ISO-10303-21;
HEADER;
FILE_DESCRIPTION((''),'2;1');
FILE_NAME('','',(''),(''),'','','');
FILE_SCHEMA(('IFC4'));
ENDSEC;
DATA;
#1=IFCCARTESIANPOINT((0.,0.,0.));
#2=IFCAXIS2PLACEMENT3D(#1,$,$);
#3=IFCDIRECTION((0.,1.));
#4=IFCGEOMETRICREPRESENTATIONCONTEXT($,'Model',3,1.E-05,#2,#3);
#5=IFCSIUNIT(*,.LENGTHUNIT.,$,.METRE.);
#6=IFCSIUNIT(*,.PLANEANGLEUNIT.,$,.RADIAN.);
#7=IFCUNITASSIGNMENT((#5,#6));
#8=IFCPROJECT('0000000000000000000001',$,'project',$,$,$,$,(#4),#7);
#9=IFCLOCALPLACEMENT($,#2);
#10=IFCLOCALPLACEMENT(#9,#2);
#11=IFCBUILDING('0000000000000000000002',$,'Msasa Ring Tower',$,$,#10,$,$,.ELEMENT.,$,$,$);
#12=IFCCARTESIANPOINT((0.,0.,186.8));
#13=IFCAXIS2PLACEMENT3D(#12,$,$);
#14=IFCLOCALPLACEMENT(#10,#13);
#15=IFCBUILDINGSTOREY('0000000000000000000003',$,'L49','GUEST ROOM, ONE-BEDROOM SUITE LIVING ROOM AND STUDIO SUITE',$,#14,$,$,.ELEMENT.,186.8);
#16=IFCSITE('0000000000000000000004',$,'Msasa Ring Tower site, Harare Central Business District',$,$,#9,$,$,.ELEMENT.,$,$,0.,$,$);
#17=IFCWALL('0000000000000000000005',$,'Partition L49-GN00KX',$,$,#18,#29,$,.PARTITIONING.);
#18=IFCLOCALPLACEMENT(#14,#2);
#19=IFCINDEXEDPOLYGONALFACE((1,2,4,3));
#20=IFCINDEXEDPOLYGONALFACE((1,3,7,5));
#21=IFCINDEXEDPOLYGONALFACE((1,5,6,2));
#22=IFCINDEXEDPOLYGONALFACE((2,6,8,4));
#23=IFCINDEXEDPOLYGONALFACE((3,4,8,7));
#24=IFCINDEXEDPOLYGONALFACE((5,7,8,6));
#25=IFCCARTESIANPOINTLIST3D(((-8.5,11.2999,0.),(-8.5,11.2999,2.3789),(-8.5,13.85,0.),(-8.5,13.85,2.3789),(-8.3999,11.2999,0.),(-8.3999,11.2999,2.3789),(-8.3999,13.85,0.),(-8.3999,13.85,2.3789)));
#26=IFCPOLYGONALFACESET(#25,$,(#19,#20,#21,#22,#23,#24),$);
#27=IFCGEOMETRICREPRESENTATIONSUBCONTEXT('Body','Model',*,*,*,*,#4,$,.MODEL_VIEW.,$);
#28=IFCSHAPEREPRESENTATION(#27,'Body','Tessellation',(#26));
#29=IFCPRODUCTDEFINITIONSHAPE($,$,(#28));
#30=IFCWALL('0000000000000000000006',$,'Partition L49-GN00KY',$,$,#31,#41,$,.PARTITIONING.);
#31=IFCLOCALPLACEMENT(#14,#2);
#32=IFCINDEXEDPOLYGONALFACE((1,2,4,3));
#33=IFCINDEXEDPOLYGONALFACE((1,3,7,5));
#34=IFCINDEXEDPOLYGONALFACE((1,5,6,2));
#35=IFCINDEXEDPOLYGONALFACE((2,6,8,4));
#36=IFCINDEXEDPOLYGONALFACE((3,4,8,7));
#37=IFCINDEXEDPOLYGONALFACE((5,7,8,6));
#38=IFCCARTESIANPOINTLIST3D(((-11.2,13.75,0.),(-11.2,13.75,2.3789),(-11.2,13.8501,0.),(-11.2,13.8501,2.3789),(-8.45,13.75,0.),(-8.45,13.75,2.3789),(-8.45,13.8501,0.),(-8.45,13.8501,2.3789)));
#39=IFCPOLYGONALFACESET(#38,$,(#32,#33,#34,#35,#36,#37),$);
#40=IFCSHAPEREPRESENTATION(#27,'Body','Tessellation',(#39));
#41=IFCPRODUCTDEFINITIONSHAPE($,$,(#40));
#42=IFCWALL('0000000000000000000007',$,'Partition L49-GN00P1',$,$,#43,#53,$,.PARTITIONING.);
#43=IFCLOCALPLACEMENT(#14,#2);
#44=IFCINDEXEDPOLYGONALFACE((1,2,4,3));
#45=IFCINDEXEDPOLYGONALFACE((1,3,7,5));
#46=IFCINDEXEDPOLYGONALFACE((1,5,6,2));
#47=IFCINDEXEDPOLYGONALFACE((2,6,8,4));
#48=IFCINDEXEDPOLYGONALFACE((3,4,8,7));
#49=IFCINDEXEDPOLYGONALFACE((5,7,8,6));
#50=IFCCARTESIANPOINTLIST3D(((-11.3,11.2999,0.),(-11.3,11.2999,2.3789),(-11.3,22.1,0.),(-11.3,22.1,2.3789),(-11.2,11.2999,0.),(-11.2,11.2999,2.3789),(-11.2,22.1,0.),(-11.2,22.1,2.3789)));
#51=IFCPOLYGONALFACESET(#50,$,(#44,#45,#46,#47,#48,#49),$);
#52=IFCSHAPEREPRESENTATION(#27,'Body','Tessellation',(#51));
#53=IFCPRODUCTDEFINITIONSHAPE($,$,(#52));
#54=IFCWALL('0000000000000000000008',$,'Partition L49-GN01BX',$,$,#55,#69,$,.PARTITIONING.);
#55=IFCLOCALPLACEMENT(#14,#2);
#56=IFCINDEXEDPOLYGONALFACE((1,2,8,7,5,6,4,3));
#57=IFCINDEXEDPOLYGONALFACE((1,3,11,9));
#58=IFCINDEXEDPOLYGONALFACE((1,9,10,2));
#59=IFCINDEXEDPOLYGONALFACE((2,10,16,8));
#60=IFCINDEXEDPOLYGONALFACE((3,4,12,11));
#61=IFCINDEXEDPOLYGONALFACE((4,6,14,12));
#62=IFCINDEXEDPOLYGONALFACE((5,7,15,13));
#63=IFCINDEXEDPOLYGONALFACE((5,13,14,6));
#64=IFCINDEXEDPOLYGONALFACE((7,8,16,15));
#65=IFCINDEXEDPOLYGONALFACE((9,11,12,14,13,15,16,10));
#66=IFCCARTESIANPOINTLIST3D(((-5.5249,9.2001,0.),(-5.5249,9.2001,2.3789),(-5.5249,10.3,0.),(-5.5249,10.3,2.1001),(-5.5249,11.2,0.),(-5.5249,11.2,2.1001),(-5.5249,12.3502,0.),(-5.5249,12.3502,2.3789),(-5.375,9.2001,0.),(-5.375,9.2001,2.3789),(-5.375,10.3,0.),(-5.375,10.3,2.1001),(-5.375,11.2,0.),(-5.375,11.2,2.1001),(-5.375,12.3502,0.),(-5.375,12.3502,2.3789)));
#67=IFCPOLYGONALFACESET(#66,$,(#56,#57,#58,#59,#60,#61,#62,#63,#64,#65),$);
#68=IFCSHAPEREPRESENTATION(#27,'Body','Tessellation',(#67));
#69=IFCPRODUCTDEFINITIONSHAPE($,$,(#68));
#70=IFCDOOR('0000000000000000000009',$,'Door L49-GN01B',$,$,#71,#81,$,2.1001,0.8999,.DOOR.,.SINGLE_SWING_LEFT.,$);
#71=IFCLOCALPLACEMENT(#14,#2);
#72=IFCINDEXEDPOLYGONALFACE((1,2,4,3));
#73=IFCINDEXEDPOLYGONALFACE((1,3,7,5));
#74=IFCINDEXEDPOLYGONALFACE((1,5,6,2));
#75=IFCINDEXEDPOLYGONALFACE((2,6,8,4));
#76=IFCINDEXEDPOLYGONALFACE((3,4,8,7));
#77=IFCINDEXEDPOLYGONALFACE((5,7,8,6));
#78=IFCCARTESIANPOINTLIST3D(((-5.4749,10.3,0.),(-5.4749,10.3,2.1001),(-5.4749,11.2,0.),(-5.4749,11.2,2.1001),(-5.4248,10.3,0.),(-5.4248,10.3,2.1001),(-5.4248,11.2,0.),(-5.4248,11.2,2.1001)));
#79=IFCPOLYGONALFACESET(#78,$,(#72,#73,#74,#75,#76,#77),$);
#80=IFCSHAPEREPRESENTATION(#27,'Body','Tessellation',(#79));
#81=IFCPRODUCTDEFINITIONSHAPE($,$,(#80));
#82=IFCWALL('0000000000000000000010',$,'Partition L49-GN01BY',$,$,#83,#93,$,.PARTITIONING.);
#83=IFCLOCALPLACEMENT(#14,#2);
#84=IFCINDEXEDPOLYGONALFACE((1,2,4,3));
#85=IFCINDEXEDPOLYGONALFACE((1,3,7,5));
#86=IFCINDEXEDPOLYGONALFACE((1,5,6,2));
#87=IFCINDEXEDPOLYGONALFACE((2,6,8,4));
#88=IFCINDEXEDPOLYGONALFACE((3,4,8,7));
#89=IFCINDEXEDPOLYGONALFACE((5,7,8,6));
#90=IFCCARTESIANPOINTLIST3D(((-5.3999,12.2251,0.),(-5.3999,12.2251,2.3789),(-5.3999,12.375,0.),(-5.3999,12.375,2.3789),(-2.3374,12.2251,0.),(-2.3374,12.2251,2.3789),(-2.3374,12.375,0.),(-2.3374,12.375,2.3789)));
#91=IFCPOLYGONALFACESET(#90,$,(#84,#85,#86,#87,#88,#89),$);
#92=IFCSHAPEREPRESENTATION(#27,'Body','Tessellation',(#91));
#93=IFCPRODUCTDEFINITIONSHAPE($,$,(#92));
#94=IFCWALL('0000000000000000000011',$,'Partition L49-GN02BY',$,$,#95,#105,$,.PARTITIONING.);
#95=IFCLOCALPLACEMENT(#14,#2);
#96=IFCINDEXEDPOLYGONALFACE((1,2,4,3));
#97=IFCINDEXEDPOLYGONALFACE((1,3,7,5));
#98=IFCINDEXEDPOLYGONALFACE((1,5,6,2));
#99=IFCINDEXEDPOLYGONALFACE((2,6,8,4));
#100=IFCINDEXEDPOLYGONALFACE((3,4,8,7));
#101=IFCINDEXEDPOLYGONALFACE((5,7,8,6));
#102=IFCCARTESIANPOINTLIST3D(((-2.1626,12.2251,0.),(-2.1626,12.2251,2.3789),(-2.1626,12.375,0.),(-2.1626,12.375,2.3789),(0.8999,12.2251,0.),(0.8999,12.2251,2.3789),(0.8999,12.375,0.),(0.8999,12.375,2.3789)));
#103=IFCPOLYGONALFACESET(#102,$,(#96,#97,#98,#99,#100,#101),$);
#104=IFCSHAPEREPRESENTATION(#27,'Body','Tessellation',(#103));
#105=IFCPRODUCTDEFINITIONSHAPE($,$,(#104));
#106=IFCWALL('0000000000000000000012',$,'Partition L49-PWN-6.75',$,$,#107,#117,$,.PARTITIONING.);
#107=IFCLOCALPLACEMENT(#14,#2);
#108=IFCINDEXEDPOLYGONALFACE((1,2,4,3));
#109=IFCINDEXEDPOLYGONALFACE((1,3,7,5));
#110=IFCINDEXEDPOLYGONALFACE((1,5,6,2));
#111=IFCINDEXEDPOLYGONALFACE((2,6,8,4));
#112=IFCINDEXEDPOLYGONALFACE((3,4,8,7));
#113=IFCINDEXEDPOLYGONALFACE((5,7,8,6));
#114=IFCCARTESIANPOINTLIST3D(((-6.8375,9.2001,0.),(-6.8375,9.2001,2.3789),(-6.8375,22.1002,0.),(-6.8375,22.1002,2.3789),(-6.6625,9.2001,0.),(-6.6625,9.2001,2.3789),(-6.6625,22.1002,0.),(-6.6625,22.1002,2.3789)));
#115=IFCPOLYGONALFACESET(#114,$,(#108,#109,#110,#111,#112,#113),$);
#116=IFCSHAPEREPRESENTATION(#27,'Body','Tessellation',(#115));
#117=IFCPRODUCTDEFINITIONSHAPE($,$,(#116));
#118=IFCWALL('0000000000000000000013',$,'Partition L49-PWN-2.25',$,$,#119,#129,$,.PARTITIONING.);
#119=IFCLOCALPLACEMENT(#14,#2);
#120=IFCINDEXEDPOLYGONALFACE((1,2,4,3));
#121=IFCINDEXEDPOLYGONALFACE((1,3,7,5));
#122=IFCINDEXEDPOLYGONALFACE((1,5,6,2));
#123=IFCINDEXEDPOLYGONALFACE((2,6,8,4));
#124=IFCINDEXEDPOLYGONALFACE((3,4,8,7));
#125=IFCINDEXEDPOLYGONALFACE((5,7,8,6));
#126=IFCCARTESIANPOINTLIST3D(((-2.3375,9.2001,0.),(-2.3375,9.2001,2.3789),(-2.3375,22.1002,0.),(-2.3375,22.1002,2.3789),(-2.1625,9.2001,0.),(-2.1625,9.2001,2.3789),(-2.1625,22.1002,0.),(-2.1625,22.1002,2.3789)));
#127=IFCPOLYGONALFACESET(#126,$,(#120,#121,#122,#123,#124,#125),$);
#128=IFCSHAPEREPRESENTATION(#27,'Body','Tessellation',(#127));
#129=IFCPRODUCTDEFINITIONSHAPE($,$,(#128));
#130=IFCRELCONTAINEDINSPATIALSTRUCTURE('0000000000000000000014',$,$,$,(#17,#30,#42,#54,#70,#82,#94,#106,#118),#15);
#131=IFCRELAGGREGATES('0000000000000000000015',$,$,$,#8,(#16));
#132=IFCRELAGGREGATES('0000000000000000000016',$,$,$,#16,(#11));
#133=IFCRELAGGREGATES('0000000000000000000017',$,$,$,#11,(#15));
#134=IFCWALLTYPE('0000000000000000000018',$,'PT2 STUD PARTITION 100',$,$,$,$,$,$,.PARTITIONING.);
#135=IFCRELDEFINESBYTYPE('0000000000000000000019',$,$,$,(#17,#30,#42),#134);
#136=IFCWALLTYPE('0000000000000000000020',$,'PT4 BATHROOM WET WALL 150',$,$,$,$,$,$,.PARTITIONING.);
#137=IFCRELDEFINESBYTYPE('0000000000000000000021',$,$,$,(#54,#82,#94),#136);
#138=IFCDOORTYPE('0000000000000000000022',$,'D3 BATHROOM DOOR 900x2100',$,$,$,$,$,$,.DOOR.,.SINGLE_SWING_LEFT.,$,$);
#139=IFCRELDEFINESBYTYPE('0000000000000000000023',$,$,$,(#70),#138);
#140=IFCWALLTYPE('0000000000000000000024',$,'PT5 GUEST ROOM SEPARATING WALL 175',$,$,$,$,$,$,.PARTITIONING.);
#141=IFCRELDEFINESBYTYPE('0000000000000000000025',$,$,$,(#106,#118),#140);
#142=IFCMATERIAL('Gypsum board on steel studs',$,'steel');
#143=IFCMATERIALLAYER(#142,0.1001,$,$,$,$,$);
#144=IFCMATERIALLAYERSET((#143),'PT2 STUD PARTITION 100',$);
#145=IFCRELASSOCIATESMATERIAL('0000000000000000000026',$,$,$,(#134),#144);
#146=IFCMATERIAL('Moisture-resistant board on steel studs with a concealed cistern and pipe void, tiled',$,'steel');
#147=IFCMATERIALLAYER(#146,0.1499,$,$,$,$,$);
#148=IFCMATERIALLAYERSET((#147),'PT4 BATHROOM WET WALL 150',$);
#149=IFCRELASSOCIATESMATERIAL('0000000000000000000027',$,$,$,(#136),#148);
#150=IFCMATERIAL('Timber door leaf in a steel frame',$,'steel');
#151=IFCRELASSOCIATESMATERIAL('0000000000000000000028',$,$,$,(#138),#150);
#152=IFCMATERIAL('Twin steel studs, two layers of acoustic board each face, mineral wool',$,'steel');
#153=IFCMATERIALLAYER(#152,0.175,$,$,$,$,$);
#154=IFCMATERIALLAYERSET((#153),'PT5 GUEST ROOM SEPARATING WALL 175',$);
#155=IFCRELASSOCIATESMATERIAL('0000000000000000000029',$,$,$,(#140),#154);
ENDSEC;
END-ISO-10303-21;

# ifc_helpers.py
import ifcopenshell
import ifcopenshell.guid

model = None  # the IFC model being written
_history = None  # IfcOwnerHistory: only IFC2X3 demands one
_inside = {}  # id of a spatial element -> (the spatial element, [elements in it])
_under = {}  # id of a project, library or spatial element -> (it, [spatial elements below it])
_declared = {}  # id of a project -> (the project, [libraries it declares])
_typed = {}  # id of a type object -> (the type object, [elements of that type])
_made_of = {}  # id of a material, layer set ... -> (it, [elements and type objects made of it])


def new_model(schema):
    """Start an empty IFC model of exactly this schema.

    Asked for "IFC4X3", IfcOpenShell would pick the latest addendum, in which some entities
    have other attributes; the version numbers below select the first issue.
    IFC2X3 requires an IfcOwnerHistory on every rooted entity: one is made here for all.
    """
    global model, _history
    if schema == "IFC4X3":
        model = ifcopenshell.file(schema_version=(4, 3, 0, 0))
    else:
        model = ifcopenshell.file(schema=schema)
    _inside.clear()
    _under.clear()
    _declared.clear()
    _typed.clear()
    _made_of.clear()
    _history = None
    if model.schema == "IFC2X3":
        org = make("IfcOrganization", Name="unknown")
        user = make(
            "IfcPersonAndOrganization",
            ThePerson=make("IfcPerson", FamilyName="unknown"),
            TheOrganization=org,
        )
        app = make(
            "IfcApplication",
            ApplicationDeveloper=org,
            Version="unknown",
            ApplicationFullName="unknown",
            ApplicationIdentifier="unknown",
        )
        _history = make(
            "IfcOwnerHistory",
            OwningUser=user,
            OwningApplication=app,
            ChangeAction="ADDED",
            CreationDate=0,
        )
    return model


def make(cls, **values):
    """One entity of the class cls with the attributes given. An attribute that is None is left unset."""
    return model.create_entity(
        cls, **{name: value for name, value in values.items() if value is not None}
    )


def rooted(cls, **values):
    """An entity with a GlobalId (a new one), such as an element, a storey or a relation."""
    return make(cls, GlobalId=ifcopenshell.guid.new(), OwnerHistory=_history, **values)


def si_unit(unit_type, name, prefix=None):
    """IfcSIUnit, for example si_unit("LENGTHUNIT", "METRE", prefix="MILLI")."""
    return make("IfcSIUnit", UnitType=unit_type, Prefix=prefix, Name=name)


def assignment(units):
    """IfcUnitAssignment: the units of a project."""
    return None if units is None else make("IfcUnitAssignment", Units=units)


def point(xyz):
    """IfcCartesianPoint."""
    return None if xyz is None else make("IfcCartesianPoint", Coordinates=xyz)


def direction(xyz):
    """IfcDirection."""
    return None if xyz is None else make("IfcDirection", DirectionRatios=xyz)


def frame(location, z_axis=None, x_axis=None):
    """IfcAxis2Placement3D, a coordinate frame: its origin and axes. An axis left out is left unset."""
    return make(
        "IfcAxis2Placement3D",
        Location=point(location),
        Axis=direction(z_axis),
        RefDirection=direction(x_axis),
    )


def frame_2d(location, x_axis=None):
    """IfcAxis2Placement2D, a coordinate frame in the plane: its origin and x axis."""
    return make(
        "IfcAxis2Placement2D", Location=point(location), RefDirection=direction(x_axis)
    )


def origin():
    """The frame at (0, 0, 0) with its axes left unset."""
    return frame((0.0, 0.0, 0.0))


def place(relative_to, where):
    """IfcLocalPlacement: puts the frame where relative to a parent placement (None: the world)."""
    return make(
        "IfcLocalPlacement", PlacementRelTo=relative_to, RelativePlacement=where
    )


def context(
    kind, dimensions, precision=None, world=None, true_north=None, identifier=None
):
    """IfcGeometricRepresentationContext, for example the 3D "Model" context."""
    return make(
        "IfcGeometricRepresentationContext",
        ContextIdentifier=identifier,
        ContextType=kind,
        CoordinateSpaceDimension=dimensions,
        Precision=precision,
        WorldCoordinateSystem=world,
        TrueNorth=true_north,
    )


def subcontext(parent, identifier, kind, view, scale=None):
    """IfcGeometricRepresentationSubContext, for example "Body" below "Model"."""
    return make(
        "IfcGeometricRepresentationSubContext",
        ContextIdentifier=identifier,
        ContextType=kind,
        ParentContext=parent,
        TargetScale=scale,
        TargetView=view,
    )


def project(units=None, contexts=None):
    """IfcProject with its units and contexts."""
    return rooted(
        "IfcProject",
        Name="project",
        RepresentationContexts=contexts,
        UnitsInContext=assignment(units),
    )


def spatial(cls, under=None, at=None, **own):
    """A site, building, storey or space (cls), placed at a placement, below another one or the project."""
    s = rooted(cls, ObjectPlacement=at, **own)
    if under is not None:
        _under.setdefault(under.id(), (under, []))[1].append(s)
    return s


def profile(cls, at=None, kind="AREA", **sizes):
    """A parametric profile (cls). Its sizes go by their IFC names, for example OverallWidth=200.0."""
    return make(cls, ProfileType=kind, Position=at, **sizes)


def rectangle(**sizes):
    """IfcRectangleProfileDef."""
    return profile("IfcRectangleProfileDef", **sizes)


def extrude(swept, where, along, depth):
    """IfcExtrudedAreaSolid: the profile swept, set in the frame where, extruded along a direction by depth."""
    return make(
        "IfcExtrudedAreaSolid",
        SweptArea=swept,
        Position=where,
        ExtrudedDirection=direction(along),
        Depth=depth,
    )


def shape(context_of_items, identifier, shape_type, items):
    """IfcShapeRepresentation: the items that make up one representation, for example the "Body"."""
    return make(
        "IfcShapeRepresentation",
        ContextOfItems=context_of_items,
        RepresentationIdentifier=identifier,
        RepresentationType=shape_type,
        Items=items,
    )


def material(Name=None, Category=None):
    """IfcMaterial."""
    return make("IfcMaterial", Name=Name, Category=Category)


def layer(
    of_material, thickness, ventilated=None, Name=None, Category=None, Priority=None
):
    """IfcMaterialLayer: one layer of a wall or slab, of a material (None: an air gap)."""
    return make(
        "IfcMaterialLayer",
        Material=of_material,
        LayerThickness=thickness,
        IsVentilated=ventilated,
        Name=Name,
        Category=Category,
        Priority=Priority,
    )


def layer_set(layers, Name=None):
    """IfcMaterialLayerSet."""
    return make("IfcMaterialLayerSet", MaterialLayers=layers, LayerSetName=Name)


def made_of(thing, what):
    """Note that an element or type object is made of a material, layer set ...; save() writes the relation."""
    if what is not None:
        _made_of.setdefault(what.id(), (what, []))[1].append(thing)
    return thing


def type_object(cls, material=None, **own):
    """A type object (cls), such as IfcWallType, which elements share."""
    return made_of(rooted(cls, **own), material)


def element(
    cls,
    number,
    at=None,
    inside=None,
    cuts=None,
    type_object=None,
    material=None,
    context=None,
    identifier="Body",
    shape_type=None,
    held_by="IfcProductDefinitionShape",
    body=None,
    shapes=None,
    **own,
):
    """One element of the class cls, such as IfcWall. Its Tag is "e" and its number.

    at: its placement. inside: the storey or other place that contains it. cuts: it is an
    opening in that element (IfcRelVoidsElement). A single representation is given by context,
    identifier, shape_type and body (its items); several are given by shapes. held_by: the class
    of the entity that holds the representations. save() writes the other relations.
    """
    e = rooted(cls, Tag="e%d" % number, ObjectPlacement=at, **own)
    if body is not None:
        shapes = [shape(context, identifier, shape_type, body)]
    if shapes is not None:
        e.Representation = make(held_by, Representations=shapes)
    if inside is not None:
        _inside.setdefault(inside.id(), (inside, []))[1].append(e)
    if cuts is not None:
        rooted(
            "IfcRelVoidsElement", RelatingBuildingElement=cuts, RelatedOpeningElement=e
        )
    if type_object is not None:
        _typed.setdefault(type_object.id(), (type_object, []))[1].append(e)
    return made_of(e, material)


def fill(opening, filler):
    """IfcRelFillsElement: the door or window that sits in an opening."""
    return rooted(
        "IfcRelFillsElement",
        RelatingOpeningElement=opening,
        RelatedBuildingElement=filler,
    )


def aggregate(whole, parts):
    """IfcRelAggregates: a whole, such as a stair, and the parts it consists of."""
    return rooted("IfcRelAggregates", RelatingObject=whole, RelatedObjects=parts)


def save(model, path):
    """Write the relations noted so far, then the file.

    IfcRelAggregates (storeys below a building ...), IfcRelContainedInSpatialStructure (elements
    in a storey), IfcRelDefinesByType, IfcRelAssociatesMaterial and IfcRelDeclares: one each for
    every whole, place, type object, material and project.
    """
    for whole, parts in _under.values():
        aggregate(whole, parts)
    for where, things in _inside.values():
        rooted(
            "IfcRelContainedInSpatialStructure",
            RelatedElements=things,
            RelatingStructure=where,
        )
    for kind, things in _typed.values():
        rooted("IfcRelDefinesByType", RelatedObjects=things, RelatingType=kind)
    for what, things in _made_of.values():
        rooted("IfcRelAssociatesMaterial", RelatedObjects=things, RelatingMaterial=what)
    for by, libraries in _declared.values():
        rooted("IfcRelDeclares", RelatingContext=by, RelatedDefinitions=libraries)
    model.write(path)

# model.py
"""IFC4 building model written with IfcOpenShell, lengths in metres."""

from ifc_helpers import new_model, si_unit, direction, frame, frame_2d, origin, place, context, subcontext, project, spatial, rectangle, extrude, material, layer, layer_set, type_object, element, fill, save


model = new_model("IFC4")

# Units and contexts
model_context = context("Model", 3, precision=1e-05, world=origin(), true_north=direction((0.0, 1.0)))
body_context = subcontext(model_context, "Body", "Model", "MODEL_VIEW")
ifc_project = project(units=[si_unit("LENGTHUNIT", "METRE"), si_unit("PLANEANGLEUNIT", "RADIAN")], contexts=[model_context])

# Site, building, storey
site_placement = place(None, origin())
site = spatial("IfcSite", under=ifc_project, at=site_placement, Name="Msasa Ring Tower site, Harare Central Business District", CompositionType="ELEMENT", RefElevation=0.0)
building_placement = place(site_placement, origin())
building = spatial("IfcBuilding", under=site, at=building_placement, Name="Msasa Ring Tower", CompositionType="ELEMENT")
storey_placement = place(building_placement, frame((0.0, 0.0, 186.8)))
storey = spatial("IfcBuildingStorey", under=building, at=storey_placement, Name="L49", Description="GUEST ROOM, ONE-BEDROOM SUITE LIVING ROOM AND STUDIO SUITE", CompositionType="ELEMENT", Elevation=186.8)

# Walls
ifc_material_1 = material(Name="Gypsum board on steel studs", Category="steel")
ifc_layer_1 = layer(ifc_material_1, 0.1001)
ifc_layer_set_1 = layer_set([ifc_layer_1], Name="PT2 STUD PARTITION 100")
wall_type_1 = type_object("IfcWallType", Name="PT2 STUD PARTITION 100", PredefinedType="PARTITIONING", material=ifc_layer_set_1)
wall_1_placement = place(storey_placement, frame((-8.45, 11.3, 0.0), z_axis=(0.0, 0.0, 1.0), x_axis=(0.0, 1.0, 0.0)))
element("IfcWall", 1, at=wall_1_placement, inside=storey, type_object=wall_type_1, Name="Partition L49-GN00KX", PredefinedType="PARTITIONING", context=body_context, shape_type="SweptSolid", body=[
    extrude(rectangle(XDim=2.55, YDim=0.1001, at=frame_2d((1.2749, 0.0))), origin(), (0.0, 0.0, 1.0), 2.3789),
])
wall_2_placement = place(storey_placement, frame((-11.2, 13.8, 0.0), z_axis=(0.0, 0.0, 1.0), x_axis=(1.0, 0.0, 0.0)))
element("IfcWall", 2, at=wall_2_placement, inside=storey, type_object=wall_type_1, Name="Partition L49-GN00KY", PredefinedType="PARTITIONING", context=body_context, shape_type="SweptSolid", body=[
    extrude(rectangle(XDim=2.75, YDim=0.1001, at=frame_2d((1.375, 0.0))), origin(), (0.0, 0.0, 1.0), 2.3789),
])
wall_3_placement = place(storey_placement, frame((-11.25, 11.3, 0.0), z_axis=(0.0, 0.0, 1.0), x_axis=(0.0, 1.0, 0.0)))
element("IfcWall", 3, at=wall_3_placement, inside=storey, type_object=wall_type_1, Name="Partition L49-GN00P1", PredefinedType="PARTITIONING", context=body_context, shape_type="SweptSolid", body=[
    extrude(rectangle(XDim=10.8, YDim=0.1001, at=frame_2d((5.3999, 0.0))), origin(), (0.0, 0.0, 1.0), 2.3789),
])

# Wall, opening, door
ifc_material_2 = material(Name="Moisture-resistant board on steel studs with a concealed cistern and pipe void, tiled", Category="steel")
ifc_layer_2 = layer(ifc_material_2, 0.1499)
ifc_layer_set_2 = layer_set([ifc_layer_2], Name="PT4 BATHROOM WET WALL 150")
wall_type_2 = type_object("IfcWallType", Name="PT4 BATHROOM WET WALL 150", PredefinedType="PARTITIONING", material=ifc_layer_set_2)
wall_4_placement = place(storey_placement, frame((-5.45, 9.2, 0.0), z_axis=(0.0, 0.0, 1.0), x_axis=(0.0, 1.0, 0.0)))
wall_4 = element("IfcWall", 4, at=wall_4_placement, inside=storey, type_object=wall_type_2, Name="Partition L49-GN01BX", PredefinedType="PARTITIONING", context=body_context, shape_type="SweptSolid", body=[
    extrude(rectangle(XDim=3.1501, YDim=0.1499, at=frame_2d((1.5752, 0.0))), origin(), (0.0, 0.0, 1.0), 2.3789),
])
opening_1_placement = place(wall_4_placement, frame((1.1001, 0.0, 0.0)))
opening_1 = element("IfcOpeningElement", 5, at=opening_1_placement, cuts=wall_4, PredefinedType="OPENING", context=body_context, shape_type="SweptSolid", body=[
    extrude(rectangle(XDim=0.8999, YDim=2.1001, at=frame_2d((0.45, 1.05))), frame((0.0, 0.085, 0.0), z_axis=(0.0, -1.0, 0.0), x_axis=(1.0, 0.0, 0.0)), (0.0, 0.0, 1.0), 0.1699),
])
ifc_material_3 = material(Name="Timber door leaf in a steel frame", Category="steel")
door_type = type_object("IfcDoorType", Name="D3 BATHROOM DOOR 900x2100", OperationType="SINGLE_SWING_LEFT", PredefinedType="DOOR", material=ifc_material_3)
door_placement = place(opening_1_placement, origin())
door = element("IfcDoor", 6, at=door_placement, inside=storey, type_object=door_type, Name="Door L49-GN01B", OperationType="SINGLE_SWING_LEFT", OverallHeight=2.1001, OverallWidth=0.8999, PredefinedType="DOOR", context=body_context, shape_type="SweptSolid", body=[
    extrude(rectangle(XDim=0.8999, YDim=2.1001, at=frame_2d((0.45, 1.05))), frame((0.0, 0.0249, 0.0), z_axis=(0.0, -1.0, 0.0), x_axis=(1.0, 0.0, 0.0)), (0.0, 0.0, 1.0), 0.05),
])
fill(opening_1, door)

# Walls
for number, where, z_axis, x_axis, name in (
    (7, (-5.3999, 12.3, 0.0), (0.0, 0.0, 1.0), (1.0, 0.0, 0.0), "Partition L49-GN01BY"),
    (8, (-2.1626, 12.3, 0.0), (0.0, 0.0, 1.0), (1.0, 0.0, 0.0), "Partition L49-GN02BY"),
):
    element("IfcWall", number, at=place(storey_placement, frame(where, z_axis=z_axis, x_axis=x_axis)), inside=storey, type_object=wall_type_2, Name=name, PredefinedType="PARTITIONING", context=body_context, shape_type="SweptSolid", body=[
        extrude(rectangle(XDim=3.0625, YDim=0.1499, at=frame_2d((1.5312, 0.0))), origin(), (0.0, 0.0, 1.0), 2.3789),
    ])
ifc_material_4 = material(Name="Twin steel studs, two layers of acoustic board each face, mineral wool", Category="steel")
ifc_layer_3 = layer(ifc_material_4, 0.175)
ifc_layer_set_3 = layer_set([ifc_layer_3], Name="PT5 GUEST ROOM SEPARATING WALL 175")
wall_type_3 = type_object("IfcWallType", Name="PT5 GUEST ROOM SEPARATING WALL 175", PredefinedType="PARTITIONING", material=ifc_layer_set_3)
for number, where, z_axis, x_axis, name in (
    (9, (-6.75, 9.2, 0.0), (0.0, 0.0, 1.0), (0.0, 1.0, 0.0), "Partition L49-PWN-6.75"),
    (10, (-2.25, 9.2, 0.0), (0.0, 0.0, 1.0), (0.0, 1.0, 0.0), "Partition L49-PWN-2.25"),
):
    element("IfcWall", number, at=place(storey_placement, frame(where, z_axis=z_axis, x_axis=x_axis)), inside=storey, type_object=wall_type_3, Name=name, PredefinedType="PARTITIONING", context=body_context, shape_type="SweptSolid", body=[
        extrude(rectangle(XDim=12.9001, YDim=0.175, at=frame_2d((6.4502, 0.0))), origin(), (0.0, 0.0, 1.0), 2.3789),
    ])

save(model, "model.ifc")
